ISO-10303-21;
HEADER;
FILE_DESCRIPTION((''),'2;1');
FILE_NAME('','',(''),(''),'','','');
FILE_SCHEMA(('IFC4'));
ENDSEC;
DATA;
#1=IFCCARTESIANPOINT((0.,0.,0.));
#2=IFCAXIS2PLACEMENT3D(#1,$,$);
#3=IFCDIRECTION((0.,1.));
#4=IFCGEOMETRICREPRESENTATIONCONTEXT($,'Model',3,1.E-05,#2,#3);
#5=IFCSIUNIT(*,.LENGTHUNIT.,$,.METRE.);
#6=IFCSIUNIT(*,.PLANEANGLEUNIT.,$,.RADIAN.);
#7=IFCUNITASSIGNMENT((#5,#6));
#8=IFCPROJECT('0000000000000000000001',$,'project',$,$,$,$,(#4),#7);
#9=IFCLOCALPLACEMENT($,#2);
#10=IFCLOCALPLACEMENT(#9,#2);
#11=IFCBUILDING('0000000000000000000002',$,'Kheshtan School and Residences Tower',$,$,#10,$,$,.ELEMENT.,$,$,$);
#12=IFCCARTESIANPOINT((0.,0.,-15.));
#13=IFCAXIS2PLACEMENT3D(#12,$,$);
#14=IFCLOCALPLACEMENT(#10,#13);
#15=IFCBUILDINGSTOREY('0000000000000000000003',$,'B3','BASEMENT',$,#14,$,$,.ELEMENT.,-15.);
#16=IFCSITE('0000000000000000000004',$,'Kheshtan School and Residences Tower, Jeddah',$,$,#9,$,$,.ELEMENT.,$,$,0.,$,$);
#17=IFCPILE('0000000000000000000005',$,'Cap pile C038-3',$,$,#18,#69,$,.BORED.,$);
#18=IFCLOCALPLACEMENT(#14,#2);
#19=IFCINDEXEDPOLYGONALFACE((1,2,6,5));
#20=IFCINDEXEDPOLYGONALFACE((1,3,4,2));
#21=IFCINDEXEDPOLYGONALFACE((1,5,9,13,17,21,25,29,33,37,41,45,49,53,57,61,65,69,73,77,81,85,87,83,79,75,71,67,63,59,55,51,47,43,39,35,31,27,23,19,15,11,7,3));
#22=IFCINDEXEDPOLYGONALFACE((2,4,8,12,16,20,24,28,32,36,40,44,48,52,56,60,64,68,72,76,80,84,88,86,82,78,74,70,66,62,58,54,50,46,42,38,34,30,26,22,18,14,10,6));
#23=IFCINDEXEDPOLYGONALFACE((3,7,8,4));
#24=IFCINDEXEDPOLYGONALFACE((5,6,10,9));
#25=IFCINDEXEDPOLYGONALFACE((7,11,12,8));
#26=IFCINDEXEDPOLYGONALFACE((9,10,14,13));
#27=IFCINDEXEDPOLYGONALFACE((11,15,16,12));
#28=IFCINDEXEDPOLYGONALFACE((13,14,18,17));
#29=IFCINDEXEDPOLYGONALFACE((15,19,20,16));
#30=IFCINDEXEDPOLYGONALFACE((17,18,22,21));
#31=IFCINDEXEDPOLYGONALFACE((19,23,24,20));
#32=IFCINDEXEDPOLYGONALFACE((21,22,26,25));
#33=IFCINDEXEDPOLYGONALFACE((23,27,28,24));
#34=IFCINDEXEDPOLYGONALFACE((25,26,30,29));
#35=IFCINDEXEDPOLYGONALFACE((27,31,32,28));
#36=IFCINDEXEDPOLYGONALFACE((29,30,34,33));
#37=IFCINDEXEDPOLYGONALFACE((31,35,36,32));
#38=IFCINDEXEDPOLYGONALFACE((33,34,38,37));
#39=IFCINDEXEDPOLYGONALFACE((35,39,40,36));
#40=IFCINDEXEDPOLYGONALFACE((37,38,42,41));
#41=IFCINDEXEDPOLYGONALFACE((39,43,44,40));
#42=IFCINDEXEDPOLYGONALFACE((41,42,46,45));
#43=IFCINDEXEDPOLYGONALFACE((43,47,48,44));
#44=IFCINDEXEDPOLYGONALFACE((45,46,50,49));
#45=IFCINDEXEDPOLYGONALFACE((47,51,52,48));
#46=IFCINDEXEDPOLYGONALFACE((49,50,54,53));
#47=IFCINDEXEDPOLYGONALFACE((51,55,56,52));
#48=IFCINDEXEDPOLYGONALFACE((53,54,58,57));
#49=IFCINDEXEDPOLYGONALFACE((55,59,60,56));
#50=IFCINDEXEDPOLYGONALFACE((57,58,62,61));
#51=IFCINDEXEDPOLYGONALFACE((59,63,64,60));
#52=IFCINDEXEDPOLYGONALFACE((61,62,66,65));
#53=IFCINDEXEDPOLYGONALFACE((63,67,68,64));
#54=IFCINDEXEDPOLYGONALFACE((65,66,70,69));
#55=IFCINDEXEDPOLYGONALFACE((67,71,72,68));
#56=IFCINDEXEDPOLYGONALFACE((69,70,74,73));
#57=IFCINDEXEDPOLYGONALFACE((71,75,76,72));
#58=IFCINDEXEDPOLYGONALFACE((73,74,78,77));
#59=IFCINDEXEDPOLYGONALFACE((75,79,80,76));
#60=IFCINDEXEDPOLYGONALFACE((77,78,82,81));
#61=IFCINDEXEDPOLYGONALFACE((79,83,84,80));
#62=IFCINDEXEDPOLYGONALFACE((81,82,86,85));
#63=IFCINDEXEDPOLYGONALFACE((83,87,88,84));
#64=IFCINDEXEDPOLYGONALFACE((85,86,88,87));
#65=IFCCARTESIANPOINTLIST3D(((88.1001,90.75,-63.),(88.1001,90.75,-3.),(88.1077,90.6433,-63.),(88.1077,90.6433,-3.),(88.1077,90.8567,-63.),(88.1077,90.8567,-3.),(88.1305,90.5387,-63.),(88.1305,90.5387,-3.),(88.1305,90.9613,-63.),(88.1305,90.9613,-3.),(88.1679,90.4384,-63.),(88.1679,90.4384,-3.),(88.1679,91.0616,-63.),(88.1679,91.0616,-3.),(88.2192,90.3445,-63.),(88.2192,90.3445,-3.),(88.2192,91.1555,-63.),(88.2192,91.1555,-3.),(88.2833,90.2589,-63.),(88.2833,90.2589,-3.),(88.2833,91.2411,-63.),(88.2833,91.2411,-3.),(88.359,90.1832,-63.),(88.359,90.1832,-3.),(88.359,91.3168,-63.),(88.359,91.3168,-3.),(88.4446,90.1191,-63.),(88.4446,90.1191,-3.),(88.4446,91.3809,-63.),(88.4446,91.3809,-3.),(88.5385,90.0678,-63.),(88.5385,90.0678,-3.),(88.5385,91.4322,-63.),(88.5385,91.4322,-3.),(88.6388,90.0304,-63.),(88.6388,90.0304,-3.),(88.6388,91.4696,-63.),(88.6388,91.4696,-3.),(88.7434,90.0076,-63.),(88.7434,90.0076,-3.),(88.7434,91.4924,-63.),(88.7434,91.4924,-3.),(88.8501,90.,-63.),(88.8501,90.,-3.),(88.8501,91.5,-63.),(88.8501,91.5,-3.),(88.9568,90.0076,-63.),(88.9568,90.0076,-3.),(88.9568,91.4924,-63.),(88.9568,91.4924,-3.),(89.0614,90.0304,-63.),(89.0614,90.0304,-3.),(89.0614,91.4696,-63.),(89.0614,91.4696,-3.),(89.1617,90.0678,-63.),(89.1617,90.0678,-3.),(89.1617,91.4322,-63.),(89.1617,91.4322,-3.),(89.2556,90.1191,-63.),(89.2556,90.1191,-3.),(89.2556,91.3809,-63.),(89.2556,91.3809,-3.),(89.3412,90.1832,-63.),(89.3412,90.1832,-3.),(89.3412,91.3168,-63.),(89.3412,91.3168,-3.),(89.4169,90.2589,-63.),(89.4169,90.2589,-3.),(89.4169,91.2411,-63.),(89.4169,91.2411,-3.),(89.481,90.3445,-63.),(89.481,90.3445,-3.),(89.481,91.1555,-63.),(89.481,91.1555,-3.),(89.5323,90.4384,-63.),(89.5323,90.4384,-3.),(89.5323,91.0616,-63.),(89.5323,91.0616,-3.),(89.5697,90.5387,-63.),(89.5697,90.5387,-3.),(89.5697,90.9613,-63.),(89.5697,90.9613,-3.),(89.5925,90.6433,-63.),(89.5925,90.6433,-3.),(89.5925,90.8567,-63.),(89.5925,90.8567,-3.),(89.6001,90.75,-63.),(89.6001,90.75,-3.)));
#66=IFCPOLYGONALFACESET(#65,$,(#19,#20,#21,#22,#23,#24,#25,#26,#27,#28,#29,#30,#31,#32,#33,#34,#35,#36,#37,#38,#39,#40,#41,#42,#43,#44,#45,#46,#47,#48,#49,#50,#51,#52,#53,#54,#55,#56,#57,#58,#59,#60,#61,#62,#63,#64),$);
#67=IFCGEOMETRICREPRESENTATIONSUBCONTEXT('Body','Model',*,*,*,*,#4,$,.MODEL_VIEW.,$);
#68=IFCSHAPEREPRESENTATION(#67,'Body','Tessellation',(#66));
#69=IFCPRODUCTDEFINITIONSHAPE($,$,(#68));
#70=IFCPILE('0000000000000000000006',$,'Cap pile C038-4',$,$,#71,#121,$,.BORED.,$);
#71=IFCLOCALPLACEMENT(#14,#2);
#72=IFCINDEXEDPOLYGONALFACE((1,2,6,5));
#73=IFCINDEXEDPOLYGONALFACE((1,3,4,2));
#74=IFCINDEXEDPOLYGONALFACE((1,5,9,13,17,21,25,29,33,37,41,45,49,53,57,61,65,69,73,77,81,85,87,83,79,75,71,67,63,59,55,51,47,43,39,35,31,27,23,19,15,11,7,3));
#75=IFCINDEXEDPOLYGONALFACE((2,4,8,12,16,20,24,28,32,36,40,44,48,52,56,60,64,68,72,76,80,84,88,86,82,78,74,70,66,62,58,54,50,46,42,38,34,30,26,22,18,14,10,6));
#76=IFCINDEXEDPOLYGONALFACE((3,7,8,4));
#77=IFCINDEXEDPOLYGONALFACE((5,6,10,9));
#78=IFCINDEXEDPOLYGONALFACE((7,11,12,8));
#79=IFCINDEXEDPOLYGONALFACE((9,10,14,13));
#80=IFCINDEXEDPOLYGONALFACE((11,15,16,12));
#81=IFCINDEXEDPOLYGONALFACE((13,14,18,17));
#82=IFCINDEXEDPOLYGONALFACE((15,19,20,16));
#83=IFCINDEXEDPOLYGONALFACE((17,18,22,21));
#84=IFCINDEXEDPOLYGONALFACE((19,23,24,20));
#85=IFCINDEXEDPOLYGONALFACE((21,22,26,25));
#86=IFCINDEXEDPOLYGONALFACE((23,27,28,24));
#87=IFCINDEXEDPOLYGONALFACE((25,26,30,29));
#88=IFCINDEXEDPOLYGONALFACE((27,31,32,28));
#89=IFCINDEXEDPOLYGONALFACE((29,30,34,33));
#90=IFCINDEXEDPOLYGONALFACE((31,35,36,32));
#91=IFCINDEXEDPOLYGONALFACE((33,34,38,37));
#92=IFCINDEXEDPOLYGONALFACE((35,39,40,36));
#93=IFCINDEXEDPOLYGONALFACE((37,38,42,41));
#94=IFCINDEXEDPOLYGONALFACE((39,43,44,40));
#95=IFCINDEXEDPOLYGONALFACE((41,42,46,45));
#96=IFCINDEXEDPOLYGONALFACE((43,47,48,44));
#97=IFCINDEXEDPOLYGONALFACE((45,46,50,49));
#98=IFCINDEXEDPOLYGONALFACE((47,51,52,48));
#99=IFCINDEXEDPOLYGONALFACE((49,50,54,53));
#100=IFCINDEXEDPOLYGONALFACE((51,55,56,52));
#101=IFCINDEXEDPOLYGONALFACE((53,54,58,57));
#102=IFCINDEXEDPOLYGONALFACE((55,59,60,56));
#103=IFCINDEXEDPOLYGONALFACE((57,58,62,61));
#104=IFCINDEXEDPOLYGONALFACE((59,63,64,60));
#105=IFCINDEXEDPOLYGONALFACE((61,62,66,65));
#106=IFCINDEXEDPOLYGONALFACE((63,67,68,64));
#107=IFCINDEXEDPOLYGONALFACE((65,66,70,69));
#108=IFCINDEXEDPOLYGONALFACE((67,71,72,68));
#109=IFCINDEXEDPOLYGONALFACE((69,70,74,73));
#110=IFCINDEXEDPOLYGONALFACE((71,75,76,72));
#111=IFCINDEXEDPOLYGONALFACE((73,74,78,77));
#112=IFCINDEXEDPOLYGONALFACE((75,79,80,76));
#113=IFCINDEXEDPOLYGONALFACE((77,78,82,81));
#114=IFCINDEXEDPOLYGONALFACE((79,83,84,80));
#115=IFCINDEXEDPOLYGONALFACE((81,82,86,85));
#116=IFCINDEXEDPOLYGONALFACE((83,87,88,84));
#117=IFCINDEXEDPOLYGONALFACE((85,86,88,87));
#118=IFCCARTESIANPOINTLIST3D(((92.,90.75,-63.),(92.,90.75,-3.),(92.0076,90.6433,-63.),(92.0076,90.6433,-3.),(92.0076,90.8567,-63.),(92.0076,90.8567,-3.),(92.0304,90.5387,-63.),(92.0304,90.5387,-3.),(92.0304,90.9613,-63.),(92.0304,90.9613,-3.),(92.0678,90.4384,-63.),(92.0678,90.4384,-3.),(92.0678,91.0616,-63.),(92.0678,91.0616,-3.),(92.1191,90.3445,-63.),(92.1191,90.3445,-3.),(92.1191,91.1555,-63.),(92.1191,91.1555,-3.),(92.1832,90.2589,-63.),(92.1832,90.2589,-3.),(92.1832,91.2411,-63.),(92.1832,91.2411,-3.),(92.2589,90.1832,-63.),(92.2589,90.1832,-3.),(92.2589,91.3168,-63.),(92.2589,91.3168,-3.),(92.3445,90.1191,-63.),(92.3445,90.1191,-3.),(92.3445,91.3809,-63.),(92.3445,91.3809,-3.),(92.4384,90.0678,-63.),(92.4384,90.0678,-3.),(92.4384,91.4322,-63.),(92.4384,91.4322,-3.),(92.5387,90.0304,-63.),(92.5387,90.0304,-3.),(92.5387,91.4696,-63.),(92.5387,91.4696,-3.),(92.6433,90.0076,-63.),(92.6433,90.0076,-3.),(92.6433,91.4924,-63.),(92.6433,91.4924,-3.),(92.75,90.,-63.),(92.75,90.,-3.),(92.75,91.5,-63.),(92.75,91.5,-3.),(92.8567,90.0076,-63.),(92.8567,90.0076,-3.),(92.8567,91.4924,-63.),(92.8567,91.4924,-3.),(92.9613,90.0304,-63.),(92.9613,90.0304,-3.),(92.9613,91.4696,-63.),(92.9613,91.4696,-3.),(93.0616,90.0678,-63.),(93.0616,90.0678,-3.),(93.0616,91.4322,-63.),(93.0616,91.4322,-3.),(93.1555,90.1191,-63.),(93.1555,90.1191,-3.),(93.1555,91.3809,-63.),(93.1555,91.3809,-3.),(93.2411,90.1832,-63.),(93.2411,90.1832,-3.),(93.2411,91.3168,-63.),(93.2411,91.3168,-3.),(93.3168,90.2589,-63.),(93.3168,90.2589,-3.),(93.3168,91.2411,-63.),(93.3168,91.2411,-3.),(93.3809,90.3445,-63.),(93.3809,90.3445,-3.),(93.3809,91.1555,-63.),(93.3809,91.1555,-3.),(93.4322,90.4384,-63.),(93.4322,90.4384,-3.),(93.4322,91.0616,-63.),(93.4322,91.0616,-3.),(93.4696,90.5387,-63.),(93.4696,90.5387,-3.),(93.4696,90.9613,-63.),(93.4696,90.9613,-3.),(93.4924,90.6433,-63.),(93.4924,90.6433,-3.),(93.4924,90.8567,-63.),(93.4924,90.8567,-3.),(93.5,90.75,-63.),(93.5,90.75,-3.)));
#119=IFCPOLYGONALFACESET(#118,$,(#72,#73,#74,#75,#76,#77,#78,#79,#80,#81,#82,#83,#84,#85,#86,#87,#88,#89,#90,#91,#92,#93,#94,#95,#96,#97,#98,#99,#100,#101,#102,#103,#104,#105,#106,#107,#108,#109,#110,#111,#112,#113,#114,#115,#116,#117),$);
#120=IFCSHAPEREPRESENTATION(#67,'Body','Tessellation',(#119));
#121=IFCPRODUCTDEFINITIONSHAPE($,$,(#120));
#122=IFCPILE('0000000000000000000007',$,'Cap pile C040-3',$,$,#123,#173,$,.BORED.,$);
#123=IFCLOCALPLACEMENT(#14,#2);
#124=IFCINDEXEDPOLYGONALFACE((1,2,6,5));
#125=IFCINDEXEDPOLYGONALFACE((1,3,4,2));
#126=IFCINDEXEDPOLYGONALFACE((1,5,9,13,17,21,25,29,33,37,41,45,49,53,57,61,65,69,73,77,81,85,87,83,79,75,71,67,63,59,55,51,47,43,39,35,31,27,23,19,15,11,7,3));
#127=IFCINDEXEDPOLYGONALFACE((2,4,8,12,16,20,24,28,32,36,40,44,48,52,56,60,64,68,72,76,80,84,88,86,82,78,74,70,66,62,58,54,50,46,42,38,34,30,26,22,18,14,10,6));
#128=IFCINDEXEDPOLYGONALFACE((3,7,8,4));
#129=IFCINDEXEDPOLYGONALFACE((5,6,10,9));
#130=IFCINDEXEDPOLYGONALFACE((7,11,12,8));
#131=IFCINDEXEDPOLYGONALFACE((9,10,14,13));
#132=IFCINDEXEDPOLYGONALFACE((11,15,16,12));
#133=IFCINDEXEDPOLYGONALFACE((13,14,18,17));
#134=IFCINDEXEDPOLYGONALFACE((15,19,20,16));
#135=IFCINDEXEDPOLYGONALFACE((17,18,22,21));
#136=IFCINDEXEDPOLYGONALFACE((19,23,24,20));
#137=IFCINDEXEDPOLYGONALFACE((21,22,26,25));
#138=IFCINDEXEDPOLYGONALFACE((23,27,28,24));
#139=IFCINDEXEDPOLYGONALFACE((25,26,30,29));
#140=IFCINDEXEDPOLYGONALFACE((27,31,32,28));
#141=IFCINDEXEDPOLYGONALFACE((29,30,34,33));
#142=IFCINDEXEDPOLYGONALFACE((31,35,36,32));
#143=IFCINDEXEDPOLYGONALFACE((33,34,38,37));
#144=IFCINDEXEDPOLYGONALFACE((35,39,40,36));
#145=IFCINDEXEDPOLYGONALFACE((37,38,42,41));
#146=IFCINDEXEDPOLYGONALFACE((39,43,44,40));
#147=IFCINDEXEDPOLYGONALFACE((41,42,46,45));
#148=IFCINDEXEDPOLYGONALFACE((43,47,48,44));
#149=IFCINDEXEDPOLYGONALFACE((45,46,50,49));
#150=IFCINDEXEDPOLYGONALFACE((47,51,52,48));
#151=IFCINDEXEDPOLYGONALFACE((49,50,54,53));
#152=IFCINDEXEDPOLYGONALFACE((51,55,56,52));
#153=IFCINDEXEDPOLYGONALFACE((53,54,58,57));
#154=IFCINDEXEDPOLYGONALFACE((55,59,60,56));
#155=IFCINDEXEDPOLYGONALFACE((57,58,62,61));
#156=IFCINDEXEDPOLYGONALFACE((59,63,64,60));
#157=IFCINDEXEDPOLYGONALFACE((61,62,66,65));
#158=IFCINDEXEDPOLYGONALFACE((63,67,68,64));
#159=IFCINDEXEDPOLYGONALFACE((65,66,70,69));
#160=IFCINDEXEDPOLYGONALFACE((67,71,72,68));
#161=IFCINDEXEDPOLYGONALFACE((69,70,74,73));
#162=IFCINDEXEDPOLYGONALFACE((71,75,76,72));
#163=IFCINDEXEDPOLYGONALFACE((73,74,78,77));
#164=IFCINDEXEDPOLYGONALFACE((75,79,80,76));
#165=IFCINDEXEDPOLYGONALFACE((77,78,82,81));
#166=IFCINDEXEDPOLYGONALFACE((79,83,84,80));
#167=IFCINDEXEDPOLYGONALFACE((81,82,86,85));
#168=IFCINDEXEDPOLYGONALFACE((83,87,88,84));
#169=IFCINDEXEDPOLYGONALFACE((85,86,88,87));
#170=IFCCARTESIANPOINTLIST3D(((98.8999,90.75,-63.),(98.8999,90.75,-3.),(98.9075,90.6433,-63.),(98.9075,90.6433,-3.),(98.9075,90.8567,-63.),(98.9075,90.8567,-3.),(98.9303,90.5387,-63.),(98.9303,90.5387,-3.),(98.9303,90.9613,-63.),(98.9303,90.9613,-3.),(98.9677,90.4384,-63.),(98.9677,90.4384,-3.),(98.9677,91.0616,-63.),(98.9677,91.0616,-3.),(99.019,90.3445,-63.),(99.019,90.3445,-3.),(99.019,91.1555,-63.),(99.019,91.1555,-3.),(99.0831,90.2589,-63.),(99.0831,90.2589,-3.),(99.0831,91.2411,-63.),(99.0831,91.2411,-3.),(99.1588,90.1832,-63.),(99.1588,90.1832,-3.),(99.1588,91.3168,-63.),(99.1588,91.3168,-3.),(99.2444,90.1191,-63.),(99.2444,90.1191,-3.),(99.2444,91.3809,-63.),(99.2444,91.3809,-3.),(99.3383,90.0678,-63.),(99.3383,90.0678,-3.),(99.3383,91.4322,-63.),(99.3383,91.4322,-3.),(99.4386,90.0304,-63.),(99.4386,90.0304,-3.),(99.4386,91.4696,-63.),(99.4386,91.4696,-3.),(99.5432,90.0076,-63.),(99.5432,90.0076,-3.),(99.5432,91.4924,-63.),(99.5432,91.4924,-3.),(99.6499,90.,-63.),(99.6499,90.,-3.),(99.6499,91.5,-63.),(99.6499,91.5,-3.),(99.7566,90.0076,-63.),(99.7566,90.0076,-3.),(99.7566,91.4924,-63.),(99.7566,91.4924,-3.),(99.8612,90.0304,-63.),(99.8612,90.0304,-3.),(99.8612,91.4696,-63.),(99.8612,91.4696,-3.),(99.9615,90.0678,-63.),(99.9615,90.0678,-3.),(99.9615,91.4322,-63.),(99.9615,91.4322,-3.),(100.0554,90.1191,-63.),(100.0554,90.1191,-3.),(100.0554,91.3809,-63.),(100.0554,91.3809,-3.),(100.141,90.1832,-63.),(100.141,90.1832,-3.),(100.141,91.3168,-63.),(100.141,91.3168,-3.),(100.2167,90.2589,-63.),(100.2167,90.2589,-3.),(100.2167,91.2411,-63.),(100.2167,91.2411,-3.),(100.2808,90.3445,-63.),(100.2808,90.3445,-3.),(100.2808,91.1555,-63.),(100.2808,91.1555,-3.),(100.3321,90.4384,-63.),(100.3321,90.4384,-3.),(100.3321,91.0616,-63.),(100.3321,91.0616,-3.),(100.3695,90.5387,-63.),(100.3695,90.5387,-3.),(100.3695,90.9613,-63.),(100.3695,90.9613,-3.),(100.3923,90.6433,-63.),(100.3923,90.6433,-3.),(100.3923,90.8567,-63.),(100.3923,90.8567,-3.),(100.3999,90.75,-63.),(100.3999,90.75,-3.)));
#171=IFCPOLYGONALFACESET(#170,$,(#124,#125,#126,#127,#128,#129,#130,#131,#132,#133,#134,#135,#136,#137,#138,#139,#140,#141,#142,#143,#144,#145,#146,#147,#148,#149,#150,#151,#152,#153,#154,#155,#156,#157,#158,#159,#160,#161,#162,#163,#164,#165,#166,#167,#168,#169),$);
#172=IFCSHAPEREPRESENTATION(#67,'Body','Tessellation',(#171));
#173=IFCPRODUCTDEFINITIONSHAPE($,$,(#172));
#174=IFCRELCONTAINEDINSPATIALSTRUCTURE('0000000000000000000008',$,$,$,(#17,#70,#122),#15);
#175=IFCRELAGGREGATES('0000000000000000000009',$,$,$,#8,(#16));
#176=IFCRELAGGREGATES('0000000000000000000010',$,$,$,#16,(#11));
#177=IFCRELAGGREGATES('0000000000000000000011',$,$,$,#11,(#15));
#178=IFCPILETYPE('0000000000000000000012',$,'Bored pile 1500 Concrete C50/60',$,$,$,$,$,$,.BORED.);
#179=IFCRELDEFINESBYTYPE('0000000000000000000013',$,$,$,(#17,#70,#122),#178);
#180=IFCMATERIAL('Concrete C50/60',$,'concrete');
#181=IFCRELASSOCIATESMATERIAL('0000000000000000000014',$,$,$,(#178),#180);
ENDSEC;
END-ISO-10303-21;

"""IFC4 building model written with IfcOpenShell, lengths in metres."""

from ifc_helpers import new_model, si_unit, direction, frame, origin, origin_2d, place, context, subcontext, project, spatial, circle, extrude, material, material_profile, profile_set, type_object, element, save


model = new_model("IFC4")

# Units and contexts
model_context = context("Model", 3, precision=1e-05, world=origin(), true_north=direction((0.0, 1.0)))
body_context = subcontext(model_context, "Body", "Model", "MODEL_VIEW")
ifc_project = project(units=[si_unit("LENGTHUNIT", "METRE"), si_unit("PLANEANGLEUNIT", "RADIAN")], contexts=[model_context])

# Site, building, storey
site_placement = place(None, origin())
site = spatial("IfcSite", under=ifc_project, at=site_placement, Name="Kheshtan School and Residences Tower, Jeddah", CompositionType="ELEMENT", RefElevation=0.0)
building_placement = place(site_placement, origin())
building = spatial("IfcBuilding", under=site, at=building_placement, Name="Kheshtan School and Residences Tower", CompositionType="ELEMENT")
storey_placement = place(building_placement, frame((0.0, 0.0, -15.0)))
storey = spatial("IfcBuildingStorey", under=building, at=storey_placement, Name="B3", Description="BASEMENT", CompositionType="ELEMENT", Elevation=-15.0)

# Piles
ifc_material_1 = material(Name="Concrete C50/60", Category="concrete")
ifc_material_profile_1 = material_profile(ifc_material_1, circle(Radius=0.75, at=origin_2d()), Name="BP 1500")
ifc_profile_set_1 = profile_set([ifc_material_profile_1], Name="Concrete C50/60")
pile_type = type_object("IfcPileType", Name="Bored pile 1500 Concrete C50/60", PredefinedType="BORED", material=ifc_profile_set_1)
for number, where, z_axis, x_axis, name in (
    (1, (88.8501, 90.75, -3.0), (0.0, 0.0, -1.0), (1.0, 0.0, 0.0), "Cap pile C038-3"),
    (2, (92.75, 90.75, -3.0), (0.0, 0.0, -1.0), (1.0, 0.0, 0.0), "Cap pile C038-4"),
    (3, (99.6499, 90.75, -3.0), (0.0, 0.0, -1.0), (1.0, 0.0, 0.0), "Cap pile C040-3"),
):
    element("IfcPile", number, at=place(storey_placement, frame(where, z_axis=z_axis, x_axis=x_axis)), inside=storey, type_object=pile_type, Name=name, PredefinedType="BORED", context=body_context, shape_type="SweptSolid", body=[
        extrude(circle(Radius=0.75, at=origin_2d()), origin(), (0.0, 0.0, 1.0), 60.0),
    ])

save(model, "model.ifc")
